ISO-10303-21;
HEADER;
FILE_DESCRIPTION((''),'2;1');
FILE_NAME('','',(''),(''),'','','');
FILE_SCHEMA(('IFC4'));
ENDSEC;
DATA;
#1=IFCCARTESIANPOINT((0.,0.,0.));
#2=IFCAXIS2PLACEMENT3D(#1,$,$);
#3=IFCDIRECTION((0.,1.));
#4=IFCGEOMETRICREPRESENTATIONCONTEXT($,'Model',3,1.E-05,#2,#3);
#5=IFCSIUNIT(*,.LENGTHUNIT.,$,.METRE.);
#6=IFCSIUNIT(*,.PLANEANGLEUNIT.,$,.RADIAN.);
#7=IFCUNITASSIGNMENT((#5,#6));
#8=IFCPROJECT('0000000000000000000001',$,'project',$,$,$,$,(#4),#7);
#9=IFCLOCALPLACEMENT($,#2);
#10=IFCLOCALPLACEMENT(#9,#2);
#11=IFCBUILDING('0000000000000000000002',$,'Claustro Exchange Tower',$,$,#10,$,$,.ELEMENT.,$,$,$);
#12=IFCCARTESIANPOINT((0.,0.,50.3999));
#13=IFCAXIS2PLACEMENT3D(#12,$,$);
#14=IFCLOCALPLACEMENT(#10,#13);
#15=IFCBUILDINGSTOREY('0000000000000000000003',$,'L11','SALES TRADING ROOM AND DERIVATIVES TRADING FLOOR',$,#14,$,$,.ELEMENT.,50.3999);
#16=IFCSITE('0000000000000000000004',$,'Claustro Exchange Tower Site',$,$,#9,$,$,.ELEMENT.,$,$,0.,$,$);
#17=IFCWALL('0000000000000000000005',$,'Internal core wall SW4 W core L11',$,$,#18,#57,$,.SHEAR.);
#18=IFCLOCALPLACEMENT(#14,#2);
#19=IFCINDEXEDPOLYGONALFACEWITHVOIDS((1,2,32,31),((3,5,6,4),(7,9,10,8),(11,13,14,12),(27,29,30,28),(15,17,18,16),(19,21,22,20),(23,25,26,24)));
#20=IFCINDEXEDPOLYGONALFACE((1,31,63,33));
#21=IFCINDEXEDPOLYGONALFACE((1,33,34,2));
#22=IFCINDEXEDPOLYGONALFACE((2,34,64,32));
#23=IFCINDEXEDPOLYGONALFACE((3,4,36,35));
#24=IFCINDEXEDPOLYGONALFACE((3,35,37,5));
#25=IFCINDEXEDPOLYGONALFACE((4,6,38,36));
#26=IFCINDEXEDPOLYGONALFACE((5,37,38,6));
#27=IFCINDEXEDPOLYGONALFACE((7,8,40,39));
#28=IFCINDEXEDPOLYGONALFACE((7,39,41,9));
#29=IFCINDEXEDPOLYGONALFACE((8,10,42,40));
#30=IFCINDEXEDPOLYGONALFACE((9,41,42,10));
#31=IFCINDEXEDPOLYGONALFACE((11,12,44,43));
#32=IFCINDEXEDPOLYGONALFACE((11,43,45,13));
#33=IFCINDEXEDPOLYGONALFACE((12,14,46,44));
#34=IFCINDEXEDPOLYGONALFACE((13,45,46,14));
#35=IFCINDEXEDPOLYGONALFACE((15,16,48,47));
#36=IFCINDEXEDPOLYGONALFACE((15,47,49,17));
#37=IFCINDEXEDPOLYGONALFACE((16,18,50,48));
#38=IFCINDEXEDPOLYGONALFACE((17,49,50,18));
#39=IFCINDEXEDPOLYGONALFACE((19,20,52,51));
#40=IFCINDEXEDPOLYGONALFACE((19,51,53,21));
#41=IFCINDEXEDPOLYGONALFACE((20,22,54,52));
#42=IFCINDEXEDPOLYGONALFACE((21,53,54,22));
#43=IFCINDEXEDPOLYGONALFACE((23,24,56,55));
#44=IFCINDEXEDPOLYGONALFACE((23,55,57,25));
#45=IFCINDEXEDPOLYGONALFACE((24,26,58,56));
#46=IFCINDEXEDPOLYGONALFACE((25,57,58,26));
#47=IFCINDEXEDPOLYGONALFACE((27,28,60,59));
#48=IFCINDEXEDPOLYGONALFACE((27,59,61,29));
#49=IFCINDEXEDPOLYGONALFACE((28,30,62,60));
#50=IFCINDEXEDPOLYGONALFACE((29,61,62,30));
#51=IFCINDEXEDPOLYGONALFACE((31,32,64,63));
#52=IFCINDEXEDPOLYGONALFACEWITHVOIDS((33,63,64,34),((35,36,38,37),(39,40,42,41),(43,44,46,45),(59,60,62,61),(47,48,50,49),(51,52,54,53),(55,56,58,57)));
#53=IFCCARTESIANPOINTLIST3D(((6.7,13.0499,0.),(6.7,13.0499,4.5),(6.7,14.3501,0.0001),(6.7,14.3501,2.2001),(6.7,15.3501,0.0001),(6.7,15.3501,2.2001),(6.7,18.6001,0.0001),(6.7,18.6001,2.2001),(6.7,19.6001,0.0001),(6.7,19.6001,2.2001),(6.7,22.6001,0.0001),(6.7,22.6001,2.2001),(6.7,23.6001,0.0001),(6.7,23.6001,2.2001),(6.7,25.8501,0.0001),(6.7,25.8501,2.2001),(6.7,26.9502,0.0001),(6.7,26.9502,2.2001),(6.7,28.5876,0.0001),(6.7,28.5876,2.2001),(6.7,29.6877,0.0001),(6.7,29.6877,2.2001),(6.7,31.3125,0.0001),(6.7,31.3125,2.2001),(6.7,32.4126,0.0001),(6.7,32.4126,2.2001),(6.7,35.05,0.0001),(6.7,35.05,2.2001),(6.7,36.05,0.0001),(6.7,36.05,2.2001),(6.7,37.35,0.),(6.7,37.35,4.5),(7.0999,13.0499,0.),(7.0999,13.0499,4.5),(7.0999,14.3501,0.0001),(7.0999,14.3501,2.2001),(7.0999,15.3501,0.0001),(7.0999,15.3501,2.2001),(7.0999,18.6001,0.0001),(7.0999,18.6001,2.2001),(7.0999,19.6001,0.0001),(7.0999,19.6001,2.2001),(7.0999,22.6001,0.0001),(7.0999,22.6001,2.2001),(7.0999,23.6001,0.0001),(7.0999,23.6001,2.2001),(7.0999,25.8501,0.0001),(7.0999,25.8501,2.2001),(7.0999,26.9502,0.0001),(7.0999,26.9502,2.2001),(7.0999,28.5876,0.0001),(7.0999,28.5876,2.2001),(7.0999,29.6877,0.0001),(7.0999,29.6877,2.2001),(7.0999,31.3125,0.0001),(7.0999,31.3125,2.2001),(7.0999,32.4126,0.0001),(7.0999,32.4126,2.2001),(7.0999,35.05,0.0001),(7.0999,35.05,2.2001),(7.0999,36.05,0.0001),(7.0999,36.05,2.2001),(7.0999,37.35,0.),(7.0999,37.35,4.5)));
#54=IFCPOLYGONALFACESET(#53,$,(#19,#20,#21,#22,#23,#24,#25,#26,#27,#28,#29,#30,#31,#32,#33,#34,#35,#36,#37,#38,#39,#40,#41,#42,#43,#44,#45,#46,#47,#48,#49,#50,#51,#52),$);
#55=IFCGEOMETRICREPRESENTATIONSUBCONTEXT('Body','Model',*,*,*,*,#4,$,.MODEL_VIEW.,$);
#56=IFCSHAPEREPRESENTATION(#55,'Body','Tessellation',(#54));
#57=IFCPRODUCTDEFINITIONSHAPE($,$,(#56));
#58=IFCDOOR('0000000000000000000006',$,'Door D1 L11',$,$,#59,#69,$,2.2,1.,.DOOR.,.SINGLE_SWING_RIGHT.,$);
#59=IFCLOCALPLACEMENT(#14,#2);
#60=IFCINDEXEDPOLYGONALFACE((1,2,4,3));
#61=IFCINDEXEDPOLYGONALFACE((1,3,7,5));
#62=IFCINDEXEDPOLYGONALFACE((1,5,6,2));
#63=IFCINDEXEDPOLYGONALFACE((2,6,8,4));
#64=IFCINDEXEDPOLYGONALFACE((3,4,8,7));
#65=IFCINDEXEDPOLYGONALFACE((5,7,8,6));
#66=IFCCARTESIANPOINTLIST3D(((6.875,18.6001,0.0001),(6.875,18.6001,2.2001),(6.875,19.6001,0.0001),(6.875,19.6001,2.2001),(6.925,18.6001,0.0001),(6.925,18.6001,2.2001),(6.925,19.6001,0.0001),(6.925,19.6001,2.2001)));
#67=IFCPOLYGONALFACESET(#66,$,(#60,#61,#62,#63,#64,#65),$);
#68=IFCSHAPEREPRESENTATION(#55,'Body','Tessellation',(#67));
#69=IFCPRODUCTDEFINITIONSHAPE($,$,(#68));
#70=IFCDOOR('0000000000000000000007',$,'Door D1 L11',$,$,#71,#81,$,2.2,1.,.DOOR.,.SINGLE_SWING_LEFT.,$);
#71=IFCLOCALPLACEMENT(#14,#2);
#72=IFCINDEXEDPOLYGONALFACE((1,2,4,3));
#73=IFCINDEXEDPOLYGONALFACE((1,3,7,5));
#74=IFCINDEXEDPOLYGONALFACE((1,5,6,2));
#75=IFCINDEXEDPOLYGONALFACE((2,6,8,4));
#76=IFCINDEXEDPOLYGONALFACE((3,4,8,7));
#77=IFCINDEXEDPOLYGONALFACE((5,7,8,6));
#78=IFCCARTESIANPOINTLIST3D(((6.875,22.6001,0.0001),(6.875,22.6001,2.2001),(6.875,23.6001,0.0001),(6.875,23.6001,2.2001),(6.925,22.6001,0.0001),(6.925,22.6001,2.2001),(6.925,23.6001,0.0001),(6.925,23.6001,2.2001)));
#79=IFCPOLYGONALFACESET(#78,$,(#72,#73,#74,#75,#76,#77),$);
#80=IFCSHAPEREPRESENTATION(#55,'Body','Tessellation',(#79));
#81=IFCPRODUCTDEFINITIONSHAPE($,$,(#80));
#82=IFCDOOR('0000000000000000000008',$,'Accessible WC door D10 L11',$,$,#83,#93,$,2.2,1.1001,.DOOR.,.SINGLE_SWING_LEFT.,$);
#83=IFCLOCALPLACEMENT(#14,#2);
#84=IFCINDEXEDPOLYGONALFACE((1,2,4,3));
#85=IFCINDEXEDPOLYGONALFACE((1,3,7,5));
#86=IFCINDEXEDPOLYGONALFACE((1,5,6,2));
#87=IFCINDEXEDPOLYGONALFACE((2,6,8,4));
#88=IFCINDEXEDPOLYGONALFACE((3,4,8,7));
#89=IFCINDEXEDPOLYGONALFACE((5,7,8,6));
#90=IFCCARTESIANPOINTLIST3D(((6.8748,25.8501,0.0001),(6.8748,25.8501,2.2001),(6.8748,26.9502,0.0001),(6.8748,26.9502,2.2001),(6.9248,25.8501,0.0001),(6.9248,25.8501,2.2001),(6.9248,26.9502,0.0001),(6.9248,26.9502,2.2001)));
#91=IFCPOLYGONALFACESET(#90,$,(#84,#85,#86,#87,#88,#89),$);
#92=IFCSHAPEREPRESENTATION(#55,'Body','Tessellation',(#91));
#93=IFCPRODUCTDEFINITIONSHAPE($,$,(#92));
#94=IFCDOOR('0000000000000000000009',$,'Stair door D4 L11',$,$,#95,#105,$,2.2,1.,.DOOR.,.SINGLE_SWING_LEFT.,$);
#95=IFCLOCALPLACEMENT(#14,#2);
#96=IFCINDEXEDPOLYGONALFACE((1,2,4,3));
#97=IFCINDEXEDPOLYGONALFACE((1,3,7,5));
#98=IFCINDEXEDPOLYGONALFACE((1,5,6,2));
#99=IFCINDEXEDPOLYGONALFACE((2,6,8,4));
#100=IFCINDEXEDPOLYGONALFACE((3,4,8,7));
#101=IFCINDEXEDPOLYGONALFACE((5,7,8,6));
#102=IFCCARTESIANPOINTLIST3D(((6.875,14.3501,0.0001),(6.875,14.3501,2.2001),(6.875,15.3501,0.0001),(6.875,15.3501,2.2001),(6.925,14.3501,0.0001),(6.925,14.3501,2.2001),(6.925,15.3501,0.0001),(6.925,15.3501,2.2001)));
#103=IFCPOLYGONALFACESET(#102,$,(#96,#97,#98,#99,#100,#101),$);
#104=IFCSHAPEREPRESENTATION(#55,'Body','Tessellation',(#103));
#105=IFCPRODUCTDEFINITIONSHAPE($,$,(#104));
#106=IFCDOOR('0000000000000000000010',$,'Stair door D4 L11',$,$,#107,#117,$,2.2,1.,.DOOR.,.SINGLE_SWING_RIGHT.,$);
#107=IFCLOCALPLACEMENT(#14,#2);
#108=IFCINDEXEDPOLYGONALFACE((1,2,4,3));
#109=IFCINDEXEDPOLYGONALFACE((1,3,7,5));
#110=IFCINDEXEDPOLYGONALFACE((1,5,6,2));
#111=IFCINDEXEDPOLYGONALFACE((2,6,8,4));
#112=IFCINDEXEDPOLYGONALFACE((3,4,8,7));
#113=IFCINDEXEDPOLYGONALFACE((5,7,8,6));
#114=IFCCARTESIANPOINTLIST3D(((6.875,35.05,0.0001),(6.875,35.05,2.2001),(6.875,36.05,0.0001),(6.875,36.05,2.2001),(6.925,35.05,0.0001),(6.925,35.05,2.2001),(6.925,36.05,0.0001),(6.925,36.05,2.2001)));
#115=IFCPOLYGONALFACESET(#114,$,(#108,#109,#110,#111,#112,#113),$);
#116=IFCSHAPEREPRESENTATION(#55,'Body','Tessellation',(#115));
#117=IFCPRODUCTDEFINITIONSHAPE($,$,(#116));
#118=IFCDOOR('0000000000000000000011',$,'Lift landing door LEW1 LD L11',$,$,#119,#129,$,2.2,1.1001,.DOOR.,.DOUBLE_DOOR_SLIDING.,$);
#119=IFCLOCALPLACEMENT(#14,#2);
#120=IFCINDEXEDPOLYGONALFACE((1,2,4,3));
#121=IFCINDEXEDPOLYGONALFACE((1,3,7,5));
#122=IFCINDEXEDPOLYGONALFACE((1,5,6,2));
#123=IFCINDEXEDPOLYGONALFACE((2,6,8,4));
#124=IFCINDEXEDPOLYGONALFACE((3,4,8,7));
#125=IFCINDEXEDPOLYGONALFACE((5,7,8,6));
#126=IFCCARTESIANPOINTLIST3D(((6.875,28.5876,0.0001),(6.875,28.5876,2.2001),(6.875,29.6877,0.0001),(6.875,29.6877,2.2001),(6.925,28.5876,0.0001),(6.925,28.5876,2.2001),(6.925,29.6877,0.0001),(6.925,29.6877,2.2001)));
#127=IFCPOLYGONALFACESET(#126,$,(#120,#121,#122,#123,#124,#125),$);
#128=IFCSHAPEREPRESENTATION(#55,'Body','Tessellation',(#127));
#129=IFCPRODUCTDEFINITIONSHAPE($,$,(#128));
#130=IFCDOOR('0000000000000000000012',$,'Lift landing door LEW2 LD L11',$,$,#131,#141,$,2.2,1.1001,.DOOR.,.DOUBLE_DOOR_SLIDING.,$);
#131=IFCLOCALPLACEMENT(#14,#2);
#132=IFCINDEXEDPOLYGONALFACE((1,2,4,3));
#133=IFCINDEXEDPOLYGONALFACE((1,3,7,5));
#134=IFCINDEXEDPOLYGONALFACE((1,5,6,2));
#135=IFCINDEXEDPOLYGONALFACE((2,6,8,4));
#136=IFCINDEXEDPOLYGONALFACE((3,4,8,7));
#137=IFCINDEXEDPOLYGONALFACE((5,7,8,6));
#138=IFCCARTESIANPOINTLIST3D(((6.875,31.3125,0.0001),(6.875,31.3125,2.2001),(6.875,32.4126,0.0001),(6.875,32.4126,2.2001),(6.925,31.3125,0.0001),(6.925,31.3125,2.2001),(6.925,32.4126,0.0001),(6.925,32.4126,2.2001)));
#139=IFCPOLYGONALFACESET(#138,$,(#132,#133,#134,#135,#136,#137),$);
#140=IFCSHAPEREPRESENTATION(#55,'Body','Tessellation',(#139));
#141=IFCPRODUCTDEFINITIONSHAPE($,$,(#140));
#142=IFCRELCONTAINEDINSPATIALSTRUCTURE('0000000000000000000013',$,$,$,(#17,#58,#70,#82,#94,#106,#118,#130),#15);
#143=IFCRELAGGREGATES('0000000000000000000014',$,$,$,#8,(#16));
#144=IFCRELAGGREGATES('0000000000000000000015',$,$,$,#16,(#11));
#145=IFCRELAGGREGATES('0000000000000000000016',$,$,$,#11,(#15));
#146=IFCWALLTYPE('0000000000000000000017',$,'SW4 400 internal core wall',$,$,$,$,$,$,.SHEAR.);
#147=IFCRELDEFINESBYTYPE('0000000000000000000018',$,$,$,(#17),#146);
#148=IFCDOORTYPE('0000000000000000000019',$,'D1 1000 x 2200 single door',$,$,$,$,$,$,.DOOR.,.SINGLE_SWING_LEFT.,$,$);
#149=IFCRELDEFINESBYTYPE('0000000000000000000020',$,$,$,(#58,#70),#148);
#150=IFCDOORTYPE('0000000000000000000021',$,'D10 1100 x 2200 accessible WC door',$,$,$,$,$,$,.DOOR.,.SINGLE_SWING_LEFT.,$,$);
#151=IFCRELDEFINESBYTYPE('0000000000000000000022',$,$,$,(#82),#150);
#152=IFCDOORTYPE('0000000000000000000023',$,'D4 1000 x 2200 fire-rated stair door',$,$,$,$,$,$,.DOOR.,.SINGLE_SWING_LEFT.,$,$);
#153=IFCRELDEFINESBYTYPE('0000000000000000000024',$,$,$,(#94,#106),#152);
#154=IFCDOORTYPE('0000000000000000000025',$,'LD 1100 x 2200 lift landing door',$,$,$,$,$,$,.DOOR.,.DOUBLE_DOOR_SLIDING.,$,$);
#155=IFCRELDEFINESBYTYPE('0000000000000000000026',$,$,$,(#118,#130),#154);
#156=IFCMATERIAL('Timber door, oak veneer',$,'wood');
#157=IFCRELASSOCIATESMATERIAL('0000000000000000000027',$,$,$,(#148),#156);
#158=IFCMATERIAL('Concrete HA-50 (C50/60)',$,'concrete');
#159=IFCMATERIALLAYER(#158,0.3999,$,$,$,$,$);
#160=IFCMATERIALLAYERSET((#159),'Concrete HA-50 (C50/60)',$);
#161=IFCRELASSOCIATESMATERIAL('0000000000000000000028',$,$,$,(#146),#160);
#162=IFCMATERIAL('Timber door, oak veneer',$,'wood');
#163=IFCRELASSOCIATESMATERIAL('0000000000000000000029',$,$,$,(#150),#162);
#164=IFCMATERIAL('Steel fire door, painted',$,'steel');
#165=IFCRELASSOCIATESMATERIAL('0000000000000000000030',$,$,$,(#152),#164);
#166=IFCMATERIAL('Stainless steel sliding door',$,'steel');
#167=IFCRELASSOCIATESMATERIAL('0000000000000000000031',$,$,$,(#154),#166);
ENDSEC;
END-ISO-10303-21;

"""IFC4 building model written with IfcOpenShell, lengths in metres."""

from ifc_helpers import new_model, si_unit, direction, frame, frame_2d, origin, place, context, subcontext, project, spatial, rectangle, extrude, material, layer, layer_set, type_object, element, fill, save


model = new_model("IFC4")

# Units and contexts
model_context = context("Model", 3, precision=1e-05, world=origin(), true_north=direction((0.0, 1.0)))
body_context = subcontext(model_context, "Body", "Model", "MODEL_VIEW")
ifc_project = project(units=[si_unit("LENGTHUNIT", "METRE"), si_unit("PLANEANGLEUNIT", "RADIAN")], contexts=[model_context])

# Site, building, storey
site_placement = place(None, origin())
site = spatial("IfcSite", under=ifc_project, at=site_placement, Name="Claustro Exchange Tower Site", CompositionType="ELEMENT", RefElevation=0.0)
building_placement = place(site_placement, origin())
building = spatial("IfcBuilding", under=site, at=building_placement, Name="Claustro Exchange Tower", CompositionType="ELEMENT")
storey_placement = place(building_placement, frame((0.0, 0.0, 50.3999)))
storey = spatial("IfcBuildingStorey", under=building, at=storey_placement, Name="L11", Description="SALES TRADING ROOM AND DERIVATIVES TRADING FLOOR", CompositionType="ELEMENT", Elevation=50.3999)

# Shared definitions
ifc_material_1 = material(Name="Timber door, oak veneer", Category="wood")
door_type_1 = type_object("IfcDoorType", Name="D1 1000 x 2200 single door", OperationType="SINGLE_SWING_LEFT", PredefinedType="DOOR", material=ifc_material_1)

# Wall, openings, doors
ifc_material_2 = material(Name="Concrete HA-50 (C50/60)", Category="concrete")
ifc_layer_1 = layer(ifc_material_2, 0.3999)
ifc_layer_set_1 = layer_set([ifc_layer_1], Name="Concrete HA-50 (C50/60)")
wall_type_1 = type_object("IfcWallType", Name="SW4 400 internal core wall", PredefinedType="SHEAR", material=ifc_layer_set_1)
wall_1_placement = place(storey_placement, frame((6.8999, 13.05, 0.0), z_axis=(0.0, 0.0, 1.0), x_axis=(0.0, 1.0, 0.0)))
wall_1 = element("IfcWall", 1, at=wall_1_placement, inside=storey, type_object=wall_type_1, Name="Internal core wall SW4 W core L11", PredefinedType="SHEAR", context=body_context, shape_type="SweptSolid", body=[
    extrude(rectangle(XDim=24.3, YDim=0.3999, at=frame_2d((12.1499, 0.0))), origin(), (0.0, 0.0, 1.0), 4.5),
])
opening_1_placement = place(wall_1_placement, frame((1.3, 0.0, 0.0)))
opening_1 = element("IfcOpeningElement", 2, at=opening_1_placement, cuts=wall_1, PredefinedType="OPENING", context=body_context, shape_type="SweptSolid", body=[
    extrude(rectangle(XDim=1.0, YDim=2.2, at=frame_2d((0.5, 1.1001))), frame((0.0, 0.21, 0.0), z_axis=(0.0, -1.0, 0.0), x_axis=(1.0, 0.0, 0.0)), (0.0, 0.0, 1.0), 0.4199),
])
opening_2_placement = place(wall_1_placement, frame((22.0, 0.0, 0.0)))
opening_2 = element("IfcOpeningElement", 3, at=opening_2_placement, cuts=wall_1, PredefinedType="OPENING", context=body_context, shape_type="SweptSolid", body=[
    extrude(rectangle(XDim=1.0, YDim=2.2, at=frame_2d((0.5, 1.1001))), frame((0.0, 0.21, 0.0), z_axis=(0.0, -1.0, 0.0), x_axis=(1.0, 0.0, 0.0)), (0.0, 0.0, 1.0), 0.4199),
])
opening_3_placement = place(wall_1_placement, frame((5.55, 0.0, 0.0)))
opening_3 = element("IfcOpeningElement", 4, at=opening_3_placement, cuts=wall_1, PredefinedType="OPENING", context=body_context, shape_type="SweptSolid", body=[
    extrude(rectangle(XDim=1.0, YDim=2.2, at=frame_2d((0.5, 1.1001))), frame((0.0, 0.21, 0.0), z_axis=(0.0, -1.0, 0.0), x_axis=(1.0, 0.0, 0.0)), (0.0, 0.0, 1.0), 0.4199),
])
opening_4_placement = place(wall_1_placement, frame((9.55, 0.0, 0.0)))
opening_4 = element("IfcOpeningElement", 5, at=opening_4_placement, cuts=wall_1, PredefinedType="OPENING", context=body_context, shape_type="SweptSolid", body=[
    extrude(rectangle(XDim=1.0, YDim=2.2, at=frame_2d((0.5, 1.1001))), frame((0.0, 0.21, 0.0), z_axis=(0.0, -1.0, 0.0), x_axis=(1.0, 0.0, 0.0)), (0.0, 0.0, 1.0), 0.4199),
])
opening_5_placement = place(wall_1_placement, frame((12.8, 0.0, 0.0)))
opening_5 = element("IfcOpeningElement", 6, at=opening_5_placement, cuts=wall_1, PredefinedType="OPENING", context=body_context, shape_type="SweptSolid", body=[
    extrude(rectangle(XDim=1.1001, YDim=2.2, at=frame_2d((0.55, 1.1001))), frame((0.0, 0.21, 0.0), z_axis=(0.0, -1.0, 0.0), x_axis=(1.0, 0.0, 0.0)), (0.0, 0.0, 1.0), 0.4199),
])
opening_6_placement = place(wall_1_placement, frame((15.5376, 0.0, 0.0)))
opening_6 = element("IfcOpeningElement", 7, at=opening_6_placement, cuts=wall_1, PredefinedType="OPENING", context=body_context, shape_type="SweptSolid", body=[
    extrude(rectangle(XDim=1.1001, YDim=2.2, at=frame_2d((0.55, 1.1001))), frame((0.0, 0.21, 0.0), z_axis=(0.0, -1.0, 0.0), x_axis=(1.0, 0.0, 0.0)), (0.0, 0.0, 1.0), 0.4199),
])
opening_7_placement = place(wall_1_placement, frame((18.2625, 0.0, 0.0)))
opening_7 = element("IfcOpeningElement", 8, at=opening_7_placement, cuts=wall_1, PredefinedType="OPENING", context=body_context, shape_type="SweptSolid", body=[
    extrude(rectangle(XDim=1.1001, YDim=2.2, at=frame_2d((0.55, 1.1001))), frame((0.0, 0.21, 0.0), z_axis=(0.0, -1.0, 0.0), x_axis=(1.0, 0.0, 0.0)), (0.0, 0.0, 1.0), 0.4199),
])
door_1_placement = place(opening_3_placement, origin())
door_1 = element("IfcDoor", 9, at=door_1_placement, inside=storey, type_object=door_type_1, Name="Door D1 L11", OperationType="SINGLE_SWING_RIGHT", OverallHeight=2.2, OverallWidth=1.0, PredefinedType="DOOR", context=body_context, shape_type="SweptSolid", body=[
    extrude(rectangle(XDim=1.0, YDim=2.2, at=frame_2d((0.5, 1.1001))), frame((0.0, 0.0249, 0.0), z_axis=(0.0, -1.0, 0.0), x_axis=(1.0, 0.0, 0.0)), (0.0, 0.0, 1.0), 0.05),
])
fill(opening_3, door_1)
door_2_placement = place(opening_4_placement, origin())
door_2 = element("IfcDoor", 10, at=door_2_placement, inside=storey, type_object=door_type_1, Name="Door D1 L11", OperationType="SINGLE_SWING_LEFT", OverallHeight=2.2, OverallWidth=1.0, PredefinedType="DOOR", context=body_context, shape_type="SweptSolid", body=[
    extrude(rectangle(XDim=1.0, YDim=2.2, at=frame_2d((0.5, 1.1001))), frame((0.0, 0.0249, 0.0), z_axis=(0.0, -1.0, 0.0), x_axis=(1.0, 0.0, 0.0)), (0.0, 0.0, 1.0), 0.05),
])
fill(opening_4, door_2)
ifc_material_3 = material(Name="Timber door, oak veneer", Category="wood")
door_type_2 = type_object("IfcDoorType", Name="D10 1100 x 2200 accessible WC door", OperationType="SINGLE_SWING_LEFT", PredefinedType="DOOR", material=ifc_material_3)
door_3_placement = place(opening_5_placement, frame((1.1001, 0.0, 0.0), z_axis=(0.0, 0.0, 1.0), x_axis=(-1.0, 0.0, 0.0)))
door_3 = element("IfcDoor", 11, at=door_3_placement, inside=storey, type_object=door_type_2, Name="Accessible WC door D10 L11", OperationType="SINGLE_SWING_LEFT", OverallHeight=2.2, OverallWidth=1.1001, PredefinedType="DOOR", context=body_context, shape_type="SweptSolid", body=[
    extrude(rectangle(XDim=1.1001, YDim=2.2, at=frame_2d((0.55, 1.1001))), frame((0.0, 0.0249, 0.0), z_axis=(0.0, -1.0, 0.0), x_axis=(1.0, 0.0, 0.0)), (0.0, 0.0, 1.0), 0.05),
])
fill(opening_5, door_3)
ifc_material_4 = material(Name="Steel fire door, painted", Category="steel")
door_type_3 = type_object("IfcDoorType", Name="D4 1000 x 2200 fire-rated stair door", OperationType="SINGLE_SWING_LEFT", PredefinedType="DOOR", material=ifc_material_4)
door_4_placement = place(opening_1_placement, origin())
door_4 = element("IfcDoor", 12, at=door_4_placement, inside=storey, type_object=door_type_3, Name="Stair door D4 L11", OperationType="SINGLE_SWING_LEFT", OverallHeight=2.2, OverallWidth=1.0, PredefinedType="DOOR", context=body_context, shape_type="SweptSolid", body=[
    extrude(rectangle(XDim=1.0, YDim=2.2, at=frame_2d((0.5, 1.1001))), frame((0.0, 0.0249, 0.0), z_axis=(0.0, -1.0, 0.0), x_axis=(1.0, 0.0, 0.0)), (0.0, 0.0, 1.0), 0.05),
])
fill(opening_1, door_4)
door_5_placement = place(opening_2_placement, origin())
door_5 = element("IfcDoor", 13, at=door_5_placement, inside=storey, type_object=door_type_3, Name="Stair door D4 L11", OperationType="SINGLE_SWING_RIGHT", OverallHeight=2.2, OverallWidth=1.0, PredefinedType="DOOR", context=body_context, shape_type="SweptSolid", body=[
    extrude(rectangle(XDim=1.0, YDim=2.2, at=frame_2d((0.5, 1.1001))), frame((0.0, 0.0249, 0.0), z_axis=(0.0, -1.0, 0.0), x_axis=(1.0, 0.0, 0.0)), (0.0, 0.0, 1.0), 0.05),
])
fill(opening_2, door_5)
ifc_material_5 = material(Name="Stainless steel sliding door", Category="steel")
door_type_4 = type_object("IfcDoorType", Name="LD 1100 x 2200 lift landing door", OperationType="DOUBLE_DOOR_SLIDING", PredefinedType="DOOR", material=ifc_material_5)
door_6_placement = place(opening_6_placement, origin())
door_6 = element("IfcDoor", 14, at=door_6_placement, inside=storey, type_object=door_type_4, Name="Lift landing door LEW1 LD L11", OperationType="DOUBLE_DOOR_SLIDING", OverallHeight=2.2, OverallWidth=1.1001, PredefinedType="DOOR", context=body_context, shape_type="SweptSolid", body=[
    extrude(rectangle(XDim=1.1001, YDim=2.2, at=frame_2d((0.55, 1.1001))), frame((0.0, 0.0249, 0.0), z_axis=(0.0, -1.0, 0.0), x_axis=(1.0, 0.0, 0.0)), (0.0, 0.0, 1.0), 0.05),
])
fill(opening_6, door_6)
door_7_placement = place(opening_7_placement, origin())
door_7 = element("IfcDoor", 15, at=door_7_placement, inside=storey, type_object=door_type_4, Name="Lift landing door LEW2 LD L11", OperationType="DOUBLE_DOOR_SLIDING", OverallHeight=2.2, OverallWidth=1.1001, PredefinedType="DOOR", context=body_context, shape_type="SweptSolid", body=[
    extrude(rectangle(XDim=1.1001, YDim=2.2, at=frame_2d((0.55, 1.1001))), frame((0.0, 0.0249, 0.0), z_axis=(0.0, -1.0, 0.0), x_axis=(1.0, 0.0, 0.0)), (0.0, 0.0, 1.0), 0.05),
])
fill(opening_7, door_7)

save(model, "model.ifc")
